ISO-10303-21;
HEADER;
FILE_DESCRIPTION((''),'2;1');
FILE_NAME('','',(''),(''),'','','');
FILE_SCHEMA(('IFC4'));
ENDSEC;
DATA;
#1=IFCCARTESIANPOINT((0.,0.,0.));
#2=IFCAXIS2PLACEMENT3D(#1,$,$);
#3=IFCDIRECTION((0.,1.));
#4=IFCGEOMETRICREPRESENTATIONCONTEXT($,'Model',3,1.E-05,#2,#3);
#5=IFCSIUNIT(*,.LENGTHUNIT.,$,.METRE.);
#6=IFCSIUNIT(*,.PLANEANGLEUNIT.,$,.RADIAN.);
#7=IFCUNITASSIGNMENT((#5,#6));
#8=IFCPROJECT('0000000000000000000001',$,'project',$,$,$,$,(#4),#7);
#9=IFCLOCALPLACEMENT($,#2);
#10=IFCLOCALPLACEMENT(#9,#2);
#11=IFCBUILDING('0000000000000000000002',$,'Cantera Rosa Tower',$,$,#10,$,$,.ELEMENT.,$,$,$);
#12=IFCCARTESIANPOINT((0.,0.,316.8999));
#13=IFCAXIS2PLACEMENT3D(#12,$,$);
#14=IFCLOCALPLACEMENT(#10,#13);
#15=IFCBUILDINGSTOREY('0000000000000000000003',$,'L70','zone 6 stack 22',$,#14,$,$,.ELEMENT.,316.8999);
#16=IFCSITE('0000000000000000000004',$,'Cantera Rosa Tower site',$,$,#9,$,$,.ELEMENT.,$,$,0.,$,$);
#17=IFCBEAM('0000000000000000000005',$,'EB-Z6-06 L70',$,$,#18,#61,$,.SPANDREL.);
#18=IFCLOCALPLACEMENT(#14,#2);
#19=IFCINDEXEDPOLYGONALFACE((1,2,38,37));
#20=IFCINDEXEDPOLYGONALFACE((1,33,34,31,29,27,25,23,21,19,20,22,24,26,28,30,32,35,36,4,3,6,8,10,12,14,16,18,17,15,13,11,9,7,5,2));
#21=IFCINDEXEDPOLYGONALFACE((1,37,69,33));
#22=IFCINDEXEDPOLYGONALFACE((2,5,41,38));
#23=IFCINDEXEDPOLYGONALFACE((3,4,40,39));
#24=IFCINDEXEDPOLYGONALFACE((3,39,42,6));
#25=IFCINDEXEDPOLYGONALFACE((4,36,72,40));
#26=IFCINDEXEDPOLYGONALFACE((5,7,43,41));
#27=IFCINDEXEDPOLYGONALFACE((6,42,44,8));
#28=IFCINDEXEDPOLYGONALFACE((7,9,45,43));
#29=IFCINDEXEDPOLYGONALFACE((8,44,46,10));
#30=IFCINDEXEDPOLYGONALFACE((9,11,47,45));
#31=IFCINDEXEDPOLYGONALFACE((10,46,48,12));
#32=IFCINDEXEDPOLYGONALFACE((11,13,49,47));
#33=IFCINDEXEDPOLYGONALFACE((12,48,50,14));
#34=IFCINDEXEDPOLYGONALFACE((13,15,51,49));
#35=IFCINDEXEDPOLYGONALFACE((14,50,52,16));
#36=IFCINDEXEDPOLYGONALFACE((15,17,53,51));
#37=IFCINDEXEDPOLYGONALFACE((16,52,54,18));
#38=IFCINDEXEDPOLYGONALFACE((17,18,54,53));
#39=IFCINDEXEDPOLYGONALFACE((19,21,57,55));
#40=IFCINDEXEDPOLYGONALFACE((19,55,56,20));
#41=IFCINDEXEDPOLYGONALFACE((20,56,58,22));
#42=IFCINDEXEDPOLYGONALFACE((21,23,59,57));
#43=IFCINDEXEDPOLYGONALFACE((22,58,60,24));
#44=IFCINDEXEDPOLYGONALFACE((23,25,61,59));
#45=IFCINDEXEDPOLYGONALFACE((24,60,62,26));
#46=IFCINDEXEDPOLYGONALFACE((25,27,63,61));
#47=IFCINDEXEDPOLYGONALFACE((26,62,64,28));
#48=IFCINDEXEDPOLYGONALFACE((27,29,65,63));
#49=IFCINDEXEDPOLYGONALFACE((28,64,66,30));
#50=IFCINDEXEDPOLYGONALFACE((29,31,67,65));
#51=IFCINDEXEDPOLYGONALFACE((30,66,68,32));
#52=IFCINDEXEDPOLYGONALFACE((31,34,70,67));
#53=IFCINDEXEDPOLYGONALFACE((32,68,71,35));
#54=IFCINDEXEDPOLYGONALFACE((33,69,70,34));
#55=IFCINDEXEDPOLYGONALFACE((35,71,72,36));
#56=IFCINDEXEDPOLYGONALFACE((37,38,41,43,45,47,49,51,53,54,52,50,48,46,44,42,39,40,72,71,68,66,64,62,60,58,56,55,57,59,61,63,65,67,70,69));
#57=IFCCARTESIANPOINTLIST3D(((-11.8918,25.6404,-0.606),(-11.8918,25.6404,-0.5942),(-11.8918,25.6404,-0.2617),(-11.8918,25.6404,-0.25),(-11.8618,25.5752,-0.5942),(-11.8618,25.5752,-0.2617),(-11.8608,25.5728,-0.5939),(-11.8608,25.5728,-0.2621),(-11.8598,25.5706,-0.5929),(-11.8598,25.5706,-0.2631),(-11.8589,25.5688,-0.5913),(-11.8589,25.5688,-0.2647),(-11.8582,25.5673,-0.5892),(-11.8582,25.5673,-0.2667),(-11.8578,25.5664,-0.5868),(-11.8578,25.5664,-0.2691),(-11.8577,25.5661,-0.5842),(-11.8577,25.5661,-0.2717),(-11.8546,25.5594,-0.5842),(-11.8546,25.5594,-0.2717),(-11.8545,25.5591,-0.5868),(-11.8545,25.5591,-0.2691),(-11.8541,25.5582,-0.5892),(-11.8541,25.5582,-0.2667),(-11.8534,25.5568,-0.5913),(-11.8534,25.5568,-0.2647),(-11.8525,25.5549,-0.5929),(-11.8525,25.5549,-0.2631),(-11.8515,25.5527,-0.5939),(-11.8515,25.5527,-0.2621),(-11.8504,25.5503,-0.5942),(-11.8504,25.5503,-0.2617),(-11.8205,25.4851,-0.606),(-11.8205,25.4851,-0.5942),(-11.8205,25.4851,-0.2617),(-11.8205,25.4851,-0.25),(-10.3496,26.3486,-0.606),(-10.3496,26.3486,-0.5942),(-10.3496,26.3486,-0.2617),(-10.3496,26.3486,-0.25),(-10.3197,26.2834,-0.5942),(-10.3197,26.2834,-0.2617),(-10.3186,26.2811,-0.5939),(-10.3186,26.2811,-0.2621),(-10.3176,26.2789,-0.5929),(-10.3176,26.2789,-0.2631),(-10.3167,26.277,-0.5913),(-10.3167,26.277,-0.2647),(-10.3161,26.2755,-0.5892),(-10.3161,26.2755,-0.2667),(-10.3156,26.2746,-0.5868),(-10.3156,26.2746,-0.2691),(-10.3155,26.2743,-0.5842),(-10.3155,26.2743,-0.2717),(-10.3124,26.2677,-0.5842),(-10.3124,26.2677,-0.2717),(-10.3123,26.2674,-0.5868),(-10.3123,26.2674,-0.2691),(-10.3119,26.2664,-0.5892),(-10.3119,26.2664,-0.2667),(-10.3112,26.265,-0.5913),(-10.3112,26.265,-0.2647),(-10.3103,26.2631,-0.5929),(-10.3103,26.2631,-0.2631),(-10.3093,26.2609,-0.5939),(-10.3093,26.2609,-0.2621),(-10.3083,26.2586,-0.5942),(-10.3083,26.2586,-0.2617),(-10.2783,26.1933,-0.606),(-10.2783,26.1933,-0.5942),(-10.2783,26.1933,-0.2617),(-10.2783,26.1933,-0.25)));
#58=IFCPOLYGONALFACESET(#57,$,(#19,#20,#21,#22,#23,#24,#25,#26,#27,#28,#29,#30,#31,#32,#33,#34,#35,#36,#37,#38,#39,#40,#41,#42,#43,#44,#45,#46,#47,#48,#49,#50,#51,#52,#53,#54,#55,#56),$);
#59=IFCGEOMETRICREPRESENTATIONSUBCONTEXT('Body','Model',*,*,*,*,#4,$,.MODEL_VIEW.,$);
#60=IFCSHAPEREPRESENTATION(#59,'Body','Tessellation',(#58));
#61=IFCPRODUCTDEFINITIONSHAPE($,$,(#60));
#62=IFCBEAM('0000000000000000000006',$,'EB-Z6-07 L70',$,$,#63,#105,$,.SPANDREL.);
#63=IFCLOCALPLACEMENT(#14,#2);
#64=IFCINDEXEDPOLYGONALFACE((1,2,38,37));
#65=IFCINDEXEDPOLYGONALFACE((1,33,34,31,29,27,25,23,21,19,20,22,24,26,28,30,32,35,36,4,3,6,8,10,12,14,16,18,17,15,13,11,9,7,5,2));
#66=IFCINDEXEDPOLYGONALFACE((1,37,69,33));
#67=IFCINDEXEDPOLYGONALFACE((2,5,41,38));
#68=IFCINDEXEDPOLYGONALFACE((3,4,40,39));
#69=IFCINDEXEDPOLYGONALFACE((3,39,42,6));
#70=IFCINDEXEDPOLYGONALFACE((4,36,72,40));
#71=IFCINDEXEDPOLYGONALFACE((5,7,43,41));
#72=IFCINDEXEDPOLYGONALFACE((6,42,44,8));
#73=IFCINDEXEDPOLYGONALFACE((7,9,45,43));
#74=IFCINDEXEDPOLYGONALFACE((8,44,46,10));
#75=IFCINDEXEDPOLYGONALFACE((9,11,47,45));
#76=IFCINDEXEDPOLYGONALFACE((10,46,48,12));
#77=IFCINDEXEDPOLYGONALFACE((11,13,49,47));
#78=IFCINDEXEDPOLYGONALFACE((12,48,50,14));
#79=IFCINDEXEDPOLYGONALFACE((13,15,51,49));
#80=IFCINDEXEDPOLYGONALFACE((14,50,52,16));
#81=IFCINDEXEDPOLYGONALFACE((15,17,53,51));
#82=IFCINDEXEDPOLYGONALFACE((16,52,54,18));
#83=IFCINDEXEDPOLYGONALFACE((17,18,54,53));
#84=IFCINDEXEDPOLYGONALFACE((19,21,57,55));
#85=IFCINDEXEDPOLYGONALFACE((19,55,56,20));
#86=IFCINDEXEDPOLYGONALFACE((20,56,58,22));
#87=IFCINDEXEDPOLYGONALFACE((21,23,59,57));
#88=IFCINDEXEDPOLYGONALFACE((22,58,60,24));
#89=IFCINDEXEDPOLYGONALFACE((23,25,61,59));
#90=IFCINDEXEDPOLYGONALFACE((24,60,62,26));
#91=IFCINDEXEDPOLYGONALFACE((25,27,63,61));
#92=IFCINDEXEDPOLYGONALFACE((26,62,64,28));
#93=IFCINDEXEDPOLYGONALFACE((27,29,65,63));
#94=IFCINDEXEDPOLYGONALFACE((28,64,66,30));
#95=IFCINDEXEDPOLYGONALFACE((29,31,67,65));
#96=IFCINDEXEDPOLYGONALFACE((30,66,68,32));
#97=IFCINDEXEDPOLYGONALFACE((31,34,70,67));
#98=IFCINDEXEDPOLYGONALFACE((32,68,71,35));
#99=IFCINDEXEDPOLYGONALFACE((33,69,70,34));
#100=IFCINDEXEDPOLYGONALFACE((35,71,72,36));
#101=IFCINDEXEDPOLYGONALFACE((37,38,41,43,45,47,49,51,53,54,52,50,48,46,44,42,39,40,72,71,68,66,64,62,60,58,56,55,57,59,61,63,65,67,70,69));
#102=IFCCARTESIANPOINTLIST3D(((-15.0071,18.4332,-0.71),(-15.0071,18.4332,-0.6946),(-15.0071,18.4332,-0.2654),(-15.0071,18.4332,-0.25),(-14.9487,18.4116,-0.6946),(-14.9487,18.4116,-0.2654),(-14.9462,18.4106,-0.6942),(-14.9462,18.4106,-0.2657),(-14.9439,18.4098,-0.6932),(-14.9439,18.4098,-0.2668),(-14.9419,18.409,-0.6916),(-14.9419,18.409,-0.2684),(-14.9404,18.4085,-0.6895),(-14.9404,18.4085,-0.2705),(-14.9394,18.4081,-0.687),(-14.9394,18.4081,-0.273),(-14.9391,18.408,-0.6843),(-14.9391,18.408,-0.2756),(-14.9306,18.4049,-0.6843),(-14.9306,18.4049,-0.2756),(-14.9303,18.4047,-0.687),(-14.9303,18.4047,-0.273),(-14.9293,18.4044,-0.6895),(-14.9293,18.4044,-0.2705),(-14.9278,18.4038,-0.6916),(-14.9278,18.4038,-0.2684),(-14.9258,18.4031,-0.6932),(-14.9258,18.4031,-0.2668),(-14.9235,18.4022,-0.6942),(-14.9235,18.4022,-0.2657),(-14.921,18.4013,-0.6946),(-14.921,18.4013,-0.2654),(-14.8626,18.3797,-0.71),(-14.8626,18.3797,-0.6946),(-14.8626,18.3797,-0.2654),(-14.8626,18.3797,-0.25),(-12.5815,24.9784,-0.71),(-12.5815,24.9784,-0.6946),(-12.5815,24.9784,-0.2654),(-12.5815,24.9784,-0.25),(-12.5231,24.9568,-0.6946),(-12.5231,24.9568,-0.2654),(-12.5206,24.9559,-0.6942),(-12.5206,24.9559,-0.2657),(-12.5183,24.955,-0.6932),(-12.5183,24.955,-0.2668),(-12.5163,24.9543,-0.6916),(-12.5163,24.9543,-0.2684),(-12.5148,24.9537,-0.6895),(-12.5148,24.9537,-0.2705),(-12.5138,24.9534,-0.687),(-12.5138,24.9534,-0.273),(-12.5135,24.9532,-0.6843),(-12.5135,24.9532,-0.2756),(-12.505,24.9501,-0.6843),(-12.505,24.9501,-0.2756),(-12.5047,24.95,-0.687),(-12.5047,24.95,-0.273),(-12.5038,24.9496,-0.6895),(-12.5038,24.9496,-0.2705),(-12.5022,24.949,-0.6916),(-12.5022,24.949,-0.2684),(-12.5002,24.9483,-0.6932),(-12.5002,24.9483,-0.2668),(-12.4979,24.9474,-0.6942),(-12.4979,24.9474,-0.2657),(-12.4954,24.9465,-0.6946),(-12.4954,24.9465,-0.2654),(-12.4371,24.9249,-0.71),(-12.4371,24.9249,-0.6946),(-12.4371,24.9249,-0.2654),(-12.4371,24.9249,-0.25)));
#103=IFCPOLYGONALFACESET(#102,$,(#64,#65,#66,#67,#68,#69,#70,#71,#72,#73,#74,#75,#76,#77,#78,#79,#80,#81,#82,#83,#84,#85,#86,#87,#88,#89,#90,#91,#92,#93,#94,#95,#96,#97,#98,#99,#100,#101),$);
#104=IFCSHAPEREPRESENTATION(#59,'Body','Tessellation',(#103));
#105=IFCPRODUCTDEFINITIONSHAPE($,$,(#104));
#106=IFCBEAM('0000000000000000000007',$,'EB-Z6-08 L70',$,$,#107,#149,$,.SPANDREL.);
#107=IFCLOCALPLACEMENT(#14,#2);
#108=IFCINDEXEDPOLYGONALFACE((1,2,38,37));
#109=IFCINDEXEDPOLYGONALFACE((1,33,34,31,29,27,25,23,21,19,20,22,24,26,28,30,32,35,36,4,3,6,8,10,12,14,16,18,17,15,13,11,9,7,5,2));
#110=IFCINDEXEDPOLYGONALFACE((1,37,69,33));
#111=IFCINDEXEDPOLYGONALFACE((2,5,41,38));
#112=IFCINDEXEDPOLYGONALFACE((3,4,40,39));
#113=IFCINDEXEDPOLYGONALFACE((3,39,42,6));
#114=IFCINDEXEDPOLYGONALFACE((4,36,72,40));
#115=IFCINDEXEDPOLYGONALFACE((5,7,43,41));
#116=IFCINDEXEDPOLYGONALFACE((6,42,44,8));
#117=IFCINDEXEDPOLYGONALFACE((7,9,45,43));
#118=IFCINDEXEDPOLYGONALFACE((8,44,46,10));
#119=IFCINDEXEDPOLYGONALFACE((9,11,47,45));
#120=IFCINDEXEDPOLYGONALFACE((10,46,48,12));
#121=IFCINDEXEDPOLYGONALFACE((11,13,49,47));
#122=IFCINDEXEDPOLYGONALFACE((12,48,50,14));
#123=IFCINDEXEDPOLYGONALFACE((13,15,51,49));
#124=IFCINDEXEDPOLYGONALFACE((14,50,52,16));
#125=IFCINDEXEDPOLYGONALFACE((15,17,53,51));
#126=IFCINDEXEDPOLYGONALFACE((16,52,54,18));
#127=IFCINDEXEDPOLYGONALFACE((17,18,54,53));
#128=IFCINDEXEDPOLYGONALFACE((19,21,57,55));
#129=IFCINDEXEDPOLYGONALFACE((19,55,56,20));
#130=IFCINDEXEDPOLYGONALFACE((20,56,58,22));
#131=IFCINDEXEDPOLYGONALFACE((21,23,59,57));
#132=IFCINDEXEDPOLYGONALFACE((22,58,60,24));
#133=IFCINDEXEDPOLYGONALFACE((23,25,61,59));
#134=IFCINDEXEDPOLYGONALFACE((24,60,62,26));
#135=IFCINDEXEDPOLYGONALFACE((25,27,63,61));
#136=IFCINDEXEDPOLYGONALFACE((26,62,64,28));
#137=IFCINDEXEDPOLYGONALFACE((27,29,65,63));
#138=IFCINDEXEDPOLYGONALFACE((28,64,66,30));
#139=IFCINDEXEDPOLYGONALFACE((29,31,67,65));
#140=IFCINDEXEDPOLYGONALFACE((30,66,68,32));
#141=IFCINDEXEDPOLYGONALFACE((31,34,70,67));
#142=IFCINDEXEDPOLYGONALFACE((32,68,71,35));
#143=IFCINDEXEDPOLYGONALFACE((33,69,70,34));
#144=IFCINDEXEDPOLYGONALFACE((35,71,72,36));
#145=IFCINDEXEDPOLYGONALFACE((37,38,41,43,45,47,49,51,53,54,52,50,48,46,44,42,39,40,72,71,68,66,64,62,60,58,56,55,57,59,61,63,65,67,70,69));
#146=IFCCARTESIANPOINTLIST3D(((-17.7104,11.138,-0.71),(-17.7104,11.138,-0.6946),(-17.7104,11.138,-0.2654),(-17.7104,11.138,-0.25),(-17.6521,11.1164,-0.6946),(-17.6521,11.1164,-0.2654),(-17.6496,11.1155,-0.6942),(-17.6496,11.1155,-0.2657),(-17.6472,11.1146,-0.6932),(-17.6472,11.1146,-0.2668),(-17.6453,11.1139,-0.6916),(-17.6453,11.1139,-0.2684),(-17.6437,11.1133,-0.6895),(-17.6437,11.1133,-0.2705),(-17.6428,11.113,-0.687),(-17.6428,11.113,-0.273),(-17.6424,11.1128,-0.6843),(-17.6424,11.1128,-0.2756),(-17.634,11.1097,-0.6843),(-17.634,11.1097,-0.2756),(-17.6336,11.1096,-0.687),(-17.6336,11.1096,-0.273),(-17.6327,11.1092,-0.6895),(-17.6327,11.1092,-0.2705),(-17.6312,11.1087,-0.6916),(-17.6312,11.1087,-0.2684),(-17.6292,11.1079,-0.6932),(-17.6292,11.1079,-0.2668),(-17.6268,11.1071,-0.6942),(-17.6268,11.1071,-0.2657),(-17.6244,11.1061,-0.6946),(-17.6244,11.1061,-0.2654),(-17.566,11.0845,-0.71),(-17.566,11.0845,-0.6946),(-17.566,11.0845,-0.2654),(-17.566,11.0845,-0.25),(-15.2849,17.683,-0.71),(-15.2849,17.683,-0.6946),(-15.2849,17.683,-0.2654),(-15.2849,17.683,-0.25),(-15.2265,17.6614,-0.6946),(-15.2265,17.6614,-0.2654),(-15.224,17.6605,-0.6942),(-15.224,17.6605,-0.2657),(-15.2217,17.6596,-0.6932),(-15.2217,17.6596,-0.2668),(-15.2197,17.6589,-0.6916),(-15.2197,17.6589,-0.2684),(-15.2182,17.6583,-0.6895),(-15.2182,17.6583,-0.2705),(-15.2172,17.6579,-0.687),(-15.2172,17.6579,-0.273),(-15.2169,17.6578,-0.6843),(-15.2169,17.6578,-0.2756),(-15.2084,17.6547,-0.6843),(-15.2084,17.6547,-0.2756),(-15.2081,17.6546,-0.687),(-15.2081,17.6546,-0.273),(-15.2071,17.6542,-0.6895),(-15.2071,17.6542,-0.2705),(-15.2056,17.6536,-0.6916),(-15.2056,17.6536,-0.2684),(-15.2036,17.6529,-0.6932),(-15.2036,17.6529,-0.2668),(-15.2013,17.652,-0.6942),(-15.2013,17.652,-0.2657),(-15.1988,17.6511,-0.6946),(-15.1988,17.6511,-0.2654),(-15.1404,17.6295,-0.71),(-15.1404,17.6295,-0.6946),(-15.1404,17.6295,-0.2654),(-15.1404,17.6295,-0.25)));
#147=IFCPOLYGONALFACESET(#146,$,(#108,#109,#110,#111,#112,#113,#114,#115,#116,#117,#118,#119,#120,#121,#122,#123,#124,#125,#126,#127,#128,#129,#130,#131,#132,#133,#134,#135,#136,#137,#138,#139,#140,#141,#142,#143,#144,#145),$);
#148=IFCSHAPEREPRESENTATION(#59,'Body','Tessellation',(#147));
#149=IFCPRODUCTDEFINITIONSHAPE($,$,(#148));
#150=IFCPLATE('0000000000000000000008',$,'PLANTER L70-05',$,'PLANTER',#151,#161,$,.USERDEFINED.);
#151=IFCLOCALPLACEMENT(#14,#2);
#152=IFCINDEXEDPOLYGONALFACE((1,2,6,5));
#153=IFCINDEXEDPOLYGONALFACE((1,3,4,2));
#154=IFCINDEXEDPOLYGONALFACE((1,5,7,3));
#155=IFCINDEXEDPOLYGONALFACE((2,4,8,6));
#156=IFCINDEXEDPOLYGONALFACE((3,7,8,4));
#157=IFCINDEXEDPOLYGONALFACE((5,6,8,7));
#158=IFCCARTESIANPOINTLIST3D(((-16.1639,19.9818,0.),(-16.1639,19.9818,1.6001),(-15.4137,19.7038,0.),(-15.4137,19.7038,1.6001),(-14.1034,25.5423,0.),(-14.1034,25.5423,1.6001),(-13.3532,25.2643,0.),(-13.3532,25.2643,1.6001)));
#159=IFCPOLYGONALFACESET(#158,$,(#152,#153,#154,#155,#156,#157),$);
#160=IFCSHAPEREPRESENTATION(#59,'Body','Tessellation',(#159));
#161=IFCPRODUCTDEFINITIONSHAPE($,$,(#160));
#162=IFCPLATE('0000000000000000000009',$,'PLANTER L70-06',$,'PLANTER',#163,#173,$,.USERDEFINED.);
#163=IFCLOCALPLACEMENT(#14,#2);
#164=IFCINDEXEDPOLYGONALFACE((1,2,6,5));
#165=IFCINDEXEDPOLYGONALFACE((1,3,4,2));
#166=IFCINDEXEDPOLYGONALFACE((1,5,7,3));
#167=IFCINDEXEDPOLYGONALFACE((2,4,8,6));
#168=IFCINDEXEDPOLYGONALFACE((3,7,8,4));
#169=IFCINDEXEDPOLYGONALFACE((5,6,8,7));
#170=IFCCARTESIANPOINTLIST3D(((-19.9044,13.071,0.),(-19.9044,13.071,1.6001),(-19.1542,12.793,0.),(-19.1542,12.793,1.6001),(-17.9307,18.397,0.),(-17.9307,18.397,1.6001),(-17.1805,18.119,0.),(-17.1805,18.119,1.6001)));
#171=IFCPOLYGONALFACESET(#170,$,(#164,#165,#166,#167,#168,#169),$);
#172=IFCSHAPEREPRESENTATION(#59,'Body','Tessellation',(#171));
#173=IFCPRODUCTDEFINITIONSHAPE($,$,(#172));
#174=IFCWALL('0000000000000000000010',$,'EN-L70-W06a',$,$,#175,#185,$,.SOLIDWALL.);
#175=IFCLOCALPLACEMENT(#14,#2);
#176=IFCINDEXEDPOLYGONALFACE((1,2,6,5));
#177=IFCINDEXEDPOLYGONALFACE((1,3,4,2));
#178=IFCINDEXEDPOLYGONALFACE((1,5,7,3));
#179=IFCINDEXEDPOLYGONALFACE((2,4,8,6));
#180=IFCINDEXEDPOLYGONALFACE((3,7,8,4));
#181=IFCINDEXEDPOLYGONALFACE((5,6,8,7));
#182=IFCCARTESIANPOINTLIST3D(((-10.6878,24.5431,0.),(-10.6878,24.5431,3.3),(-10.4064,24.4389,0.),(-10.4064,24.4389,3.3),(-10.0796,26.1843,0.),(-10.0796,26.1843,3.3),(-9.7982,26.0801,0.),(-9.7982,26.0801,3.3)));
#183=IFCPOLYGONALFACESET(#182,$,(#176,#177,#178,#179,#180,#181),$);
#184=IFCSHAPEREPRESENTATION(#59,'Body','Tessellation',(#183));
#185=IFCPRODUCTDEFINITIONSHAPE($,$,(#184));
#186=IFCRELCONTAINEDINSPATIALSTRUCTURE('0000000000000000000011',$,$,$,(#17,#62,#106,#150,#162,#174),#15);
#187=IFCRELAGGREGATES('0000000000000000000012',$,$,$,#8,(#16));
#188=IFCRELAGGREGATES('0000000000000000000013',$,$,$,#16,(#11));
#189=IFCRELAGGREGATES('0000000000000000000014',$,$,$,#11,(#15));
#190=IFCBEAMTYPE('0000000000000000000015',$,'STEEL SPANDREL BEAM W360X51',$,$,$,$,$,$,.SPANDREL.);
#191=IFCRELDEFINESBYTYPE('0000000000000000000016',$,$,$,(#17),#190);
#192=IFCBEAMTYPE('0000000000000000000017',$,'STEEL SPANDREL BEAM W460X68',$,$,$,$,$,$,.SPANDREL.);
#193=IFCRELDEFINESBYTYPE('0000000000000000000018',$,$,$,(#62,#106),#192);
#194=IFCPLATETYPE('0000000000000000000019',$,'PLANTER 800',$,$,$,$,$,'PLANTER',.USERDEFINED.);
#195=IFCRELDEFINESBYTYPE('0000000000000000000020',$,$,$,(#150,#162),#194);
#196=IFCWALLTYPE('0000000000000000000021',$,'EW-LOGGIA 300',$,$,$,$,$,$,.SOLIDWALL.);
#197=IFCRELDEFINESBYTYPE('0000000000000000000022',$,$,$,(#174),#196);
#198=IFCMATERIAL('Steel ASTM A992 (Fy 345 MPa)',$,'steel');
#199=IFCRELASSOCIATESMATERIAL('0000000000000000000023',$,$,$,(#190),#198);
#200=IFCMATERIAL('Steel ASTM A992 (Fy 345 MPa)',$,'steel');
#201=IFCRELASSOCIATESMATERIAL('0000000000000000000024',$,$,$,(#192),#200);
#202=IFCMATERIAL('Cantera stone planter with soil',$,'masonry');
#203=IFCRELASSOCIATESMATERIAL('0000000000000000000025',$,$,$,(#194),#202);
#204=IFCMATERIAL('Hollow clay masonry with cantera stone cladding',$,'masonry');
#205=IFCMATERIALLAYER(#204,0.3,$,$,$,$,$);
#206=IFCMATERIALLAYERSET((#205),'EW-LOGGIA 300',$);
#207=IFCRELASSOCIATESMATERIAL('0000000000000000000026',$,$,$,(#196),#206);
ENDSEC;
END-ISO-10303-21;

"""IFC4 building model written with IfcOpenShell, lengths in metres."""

from ifc_helpers import new_model, si_unit, direction, frame, frame_2d, origin, origin_2d, place, context, subcontext, project, spatial, rectangle, i_section, extrude, material, layer, layer_set, material_profile, profile_set, type_object, element, save


model = new_model("IFC4")

# Units and contexts
model_context = context("Model", 3, precision=1e-05, world=origin(), true_north=direction((0.0, 1.0)))
body_context = subcontext(model_context, "Body", "Model", "MODEL_VIEW")
ifc_project = project(units=[si_unit("LENGTHUNIT", "METRE"), si_unit("PLANEANGLEUNIT", "RADIAN")], contexts=[model_context])

# Site, building, storey
site_placement = place(None, origin())
site = spatial("IfcSite", under=ifc_project, at=site_placement, Name="Cantera Rosa Tower site", CompositionType="ELEMENT", RefElevation=0.0)
building_placement = place(site_placement, origin())
building = spatial("IfcBuilding", under=site, at=building_placement, Name="Cantera Rosa Tower", CompositionType="ELEMENT")
storey_placement = place(building_placement, frame((0.0, 0.0, 316.8999)))
storey = spatial("IfcBuildingStorey", under=building, at=storey_placement, Name="L70", Description="zone 6 stack 22", CompositionType="ELEMENT", Elevation=316.8999)

# Beams
ifc_material_1 = material(Name="Steel ASTM A992 (Fy 345 MPa)", Category="steel")
ifc_material_profile_1 = material_profile(ifc_material_1, i_section(OverallWidth=0.1709, OverallDepth=0.356, WebThickness=0.0073, FlangeThickness=0.0117, FilletRadius=0.01, at=origin_2d()), Name="W360X51")
ifc_profile_set_1 = profile_set([ifc_material_profile_1], Name="Steel ASTM A992 (Fy 345 MPa)")
beam_type_1 = type_object("IfcBeamType", Name="STEEL SPANDREL BEAM W360X51", PredefinedType="SPANDREL", material=ifc_profile_set_1)
beam_1_placement = place(storey_placement, frame((-10.314, 26.271, -0.428), z_axis=(-0.908754, -0.417333, 0.0), x_axis=(0.417333, -0.908754, 0.0)))
element("IfcBeam", 1, at=beam_1_placement, inside=storey, type_object=beam_type_1, Name="EB-Z6-06 L70", PredefinedType="SPANDREL", context=body_context, shape_type="SweptSolid", body=[
    extrude(i_section(OverallWidth=0.1709, OverallDepth=0.356, WebThickness=0.0073, FlangeThickness=0.0117, FilletRadius=0.01, at=origin_2d()), origin(), (0.0, 0.0, 1.0), 1.697),
])
ifc_material_2 = material(Name="Steel ASTM A992 (Fy 345 MPa)", Category="steel")
ifc_material_profile_2 = material_profile(ifc_material_2, i_section(OverallWidth=0.1541, OverallDepth=0.46, WebThickness=0.009, FlangeThickness=0.0154, FilletRadius=0.0103, at=origin_2d()), Name="W460X68")
ifc_profile_set_2 = profile_set([ifc_material_profile_2], Name="Steel ASTM A992 (Fy 345 MPa)")
beam_type_2 = type_object("IfcBeamType", Name="STEEL SPANDREL BEAM W460X68", PredefinedType="SPANDREL", material=ifc_profile_set_2)
beam_2_placement = place(storey_placement, frame((-12.5093, 24.9517, -0.48), z_axis=(-0.347491, -0.937683, 0.0), x_axis=(0.937683, -0.347491, 0.0)))
element("IfcBeam", 2, at=beam_2_placement, inside=storey, type_object=beam_type_2, Name="EB-Z6-07 L70", PredefinedType="SPANDREL", context=body_context, shape_type="SweptSolid", body=[
    extrude(i_section(OverallWidth=0.1541, OverallDepth=0.46, WebThickness=0.009, FlangeThickness=0.0154, FilletRadius=0.0103, at=origin_2d()), origin(), (0.0, 0.0, 1.0), 6.9802),
])
beam_3_placement = place(storey_placement, frame((-15.2126, 17.6562, -0.48), z_axis=(-0.347502, -0.937679, 0.0), x_axis=(0.937679, -0.347502, 0.0)))
element("IfcBeam", 3, at=beam_3_placement, inside=storey, type_object=beam_type_2, Name="EB-Z6-08 L70", PredefinedType="SPANDREL", context=body_context, shape_type="SweptSolid", body=[
    extrude(i_section(OverallWidth=0.1541, OverallDepth=0.46, WebThickness=0.009, FlangeThickness=0.0154, FilletRadius=0.0103, at=origin_2d()), origin(), (0.0, 0.0, 1.0), 6.98),
])

# Plates
ifc_material_3 = material(Name="Cantera stone planter with soil", Category="masonry")
plate_type = type_object("IfcPlateType", Name="PLANTER 800", ElementType="PLANTER", PredefinedType="USERDEFINED", material=ifc_material_3)
plate_1_placement = place(storey_placement, frame((-14.7585, 22.623, 0.0), z_axis=(0.0, 0.0, 1.0), x_axis=(-0.347481, -0.937687, 0.0)))
element("IfcPlate", 4, at=plate_1_placement, inside=storey, type_object=plate_type, Name="PLANTER L70-05", ObjectType="PLANTER", PredefinedType="USERDEFINED", context=body_context, shape_type="SweptSolid", body=[
    extrude(rectangle(XDim=5.9299, YDim=0.8, at=origin_2d()), origin(), (0.0, 0.0, 1.0), 1.6001),
])
plate_2_placement = place(storey_placement, frame((-18.5425, 15.595, 0.0), z_axis=(0.0, 0.0, 1.0), x_axis=(-0.347481, -0.937687, 0.0)))
element("IfcPlate", 5, at=plate_2_placement, inside=storey, type_object=plate_type, Name="PLANTER L70-06", ObjectType="PLANTER", PredefinedType="USERDEFINED", context=body_context, shape_type="SweptSolid", body=[
    extrude(rectangle(XDim=5.6799, YDim=0.8, at=origin_2d()), origin(), (0.0, 0.0, 1.0), 1.6001),
])

# Wall
ifc_material_4 = material(Name="Hollow clay masonry with cantera stone cladding", Category="masonry")
ifc_layer_1 = layer(ifc_material_4, 0.3)
ifc_layer_set_1 = layer_set([ifc_layer_1], Name="EW-LOGGIA 300")
wall_type_1 = type_object("IfcWallType", Name="EW-LOGGIA 300", PredefinedType="SOLIDWALL", material=ifc_layer_set_1)
wall_1_placement = place(storey_placement, frame((-9.939, 26.1321, 0.0), z_axis=(0.0, 0.0, 1.0), x_axis=(-0.347482, -0.937686, 0.0)))
element("IfcWall", 6, at=wall_1_placement, inside=storey, type_object=wall_type_1, Name="EN-L70-W06a", PredefinedType="SOLIDWALL", context=body_context, shape_type="SweptSolid", body=[
    extrude(rectangle(XDim=1.7502, YDim=0.3, at=frame_2d((0.875, 0.0))), origin(), (0.0, 0.0, 1.0), 3.3),
])

save(model, "model.ifc")
